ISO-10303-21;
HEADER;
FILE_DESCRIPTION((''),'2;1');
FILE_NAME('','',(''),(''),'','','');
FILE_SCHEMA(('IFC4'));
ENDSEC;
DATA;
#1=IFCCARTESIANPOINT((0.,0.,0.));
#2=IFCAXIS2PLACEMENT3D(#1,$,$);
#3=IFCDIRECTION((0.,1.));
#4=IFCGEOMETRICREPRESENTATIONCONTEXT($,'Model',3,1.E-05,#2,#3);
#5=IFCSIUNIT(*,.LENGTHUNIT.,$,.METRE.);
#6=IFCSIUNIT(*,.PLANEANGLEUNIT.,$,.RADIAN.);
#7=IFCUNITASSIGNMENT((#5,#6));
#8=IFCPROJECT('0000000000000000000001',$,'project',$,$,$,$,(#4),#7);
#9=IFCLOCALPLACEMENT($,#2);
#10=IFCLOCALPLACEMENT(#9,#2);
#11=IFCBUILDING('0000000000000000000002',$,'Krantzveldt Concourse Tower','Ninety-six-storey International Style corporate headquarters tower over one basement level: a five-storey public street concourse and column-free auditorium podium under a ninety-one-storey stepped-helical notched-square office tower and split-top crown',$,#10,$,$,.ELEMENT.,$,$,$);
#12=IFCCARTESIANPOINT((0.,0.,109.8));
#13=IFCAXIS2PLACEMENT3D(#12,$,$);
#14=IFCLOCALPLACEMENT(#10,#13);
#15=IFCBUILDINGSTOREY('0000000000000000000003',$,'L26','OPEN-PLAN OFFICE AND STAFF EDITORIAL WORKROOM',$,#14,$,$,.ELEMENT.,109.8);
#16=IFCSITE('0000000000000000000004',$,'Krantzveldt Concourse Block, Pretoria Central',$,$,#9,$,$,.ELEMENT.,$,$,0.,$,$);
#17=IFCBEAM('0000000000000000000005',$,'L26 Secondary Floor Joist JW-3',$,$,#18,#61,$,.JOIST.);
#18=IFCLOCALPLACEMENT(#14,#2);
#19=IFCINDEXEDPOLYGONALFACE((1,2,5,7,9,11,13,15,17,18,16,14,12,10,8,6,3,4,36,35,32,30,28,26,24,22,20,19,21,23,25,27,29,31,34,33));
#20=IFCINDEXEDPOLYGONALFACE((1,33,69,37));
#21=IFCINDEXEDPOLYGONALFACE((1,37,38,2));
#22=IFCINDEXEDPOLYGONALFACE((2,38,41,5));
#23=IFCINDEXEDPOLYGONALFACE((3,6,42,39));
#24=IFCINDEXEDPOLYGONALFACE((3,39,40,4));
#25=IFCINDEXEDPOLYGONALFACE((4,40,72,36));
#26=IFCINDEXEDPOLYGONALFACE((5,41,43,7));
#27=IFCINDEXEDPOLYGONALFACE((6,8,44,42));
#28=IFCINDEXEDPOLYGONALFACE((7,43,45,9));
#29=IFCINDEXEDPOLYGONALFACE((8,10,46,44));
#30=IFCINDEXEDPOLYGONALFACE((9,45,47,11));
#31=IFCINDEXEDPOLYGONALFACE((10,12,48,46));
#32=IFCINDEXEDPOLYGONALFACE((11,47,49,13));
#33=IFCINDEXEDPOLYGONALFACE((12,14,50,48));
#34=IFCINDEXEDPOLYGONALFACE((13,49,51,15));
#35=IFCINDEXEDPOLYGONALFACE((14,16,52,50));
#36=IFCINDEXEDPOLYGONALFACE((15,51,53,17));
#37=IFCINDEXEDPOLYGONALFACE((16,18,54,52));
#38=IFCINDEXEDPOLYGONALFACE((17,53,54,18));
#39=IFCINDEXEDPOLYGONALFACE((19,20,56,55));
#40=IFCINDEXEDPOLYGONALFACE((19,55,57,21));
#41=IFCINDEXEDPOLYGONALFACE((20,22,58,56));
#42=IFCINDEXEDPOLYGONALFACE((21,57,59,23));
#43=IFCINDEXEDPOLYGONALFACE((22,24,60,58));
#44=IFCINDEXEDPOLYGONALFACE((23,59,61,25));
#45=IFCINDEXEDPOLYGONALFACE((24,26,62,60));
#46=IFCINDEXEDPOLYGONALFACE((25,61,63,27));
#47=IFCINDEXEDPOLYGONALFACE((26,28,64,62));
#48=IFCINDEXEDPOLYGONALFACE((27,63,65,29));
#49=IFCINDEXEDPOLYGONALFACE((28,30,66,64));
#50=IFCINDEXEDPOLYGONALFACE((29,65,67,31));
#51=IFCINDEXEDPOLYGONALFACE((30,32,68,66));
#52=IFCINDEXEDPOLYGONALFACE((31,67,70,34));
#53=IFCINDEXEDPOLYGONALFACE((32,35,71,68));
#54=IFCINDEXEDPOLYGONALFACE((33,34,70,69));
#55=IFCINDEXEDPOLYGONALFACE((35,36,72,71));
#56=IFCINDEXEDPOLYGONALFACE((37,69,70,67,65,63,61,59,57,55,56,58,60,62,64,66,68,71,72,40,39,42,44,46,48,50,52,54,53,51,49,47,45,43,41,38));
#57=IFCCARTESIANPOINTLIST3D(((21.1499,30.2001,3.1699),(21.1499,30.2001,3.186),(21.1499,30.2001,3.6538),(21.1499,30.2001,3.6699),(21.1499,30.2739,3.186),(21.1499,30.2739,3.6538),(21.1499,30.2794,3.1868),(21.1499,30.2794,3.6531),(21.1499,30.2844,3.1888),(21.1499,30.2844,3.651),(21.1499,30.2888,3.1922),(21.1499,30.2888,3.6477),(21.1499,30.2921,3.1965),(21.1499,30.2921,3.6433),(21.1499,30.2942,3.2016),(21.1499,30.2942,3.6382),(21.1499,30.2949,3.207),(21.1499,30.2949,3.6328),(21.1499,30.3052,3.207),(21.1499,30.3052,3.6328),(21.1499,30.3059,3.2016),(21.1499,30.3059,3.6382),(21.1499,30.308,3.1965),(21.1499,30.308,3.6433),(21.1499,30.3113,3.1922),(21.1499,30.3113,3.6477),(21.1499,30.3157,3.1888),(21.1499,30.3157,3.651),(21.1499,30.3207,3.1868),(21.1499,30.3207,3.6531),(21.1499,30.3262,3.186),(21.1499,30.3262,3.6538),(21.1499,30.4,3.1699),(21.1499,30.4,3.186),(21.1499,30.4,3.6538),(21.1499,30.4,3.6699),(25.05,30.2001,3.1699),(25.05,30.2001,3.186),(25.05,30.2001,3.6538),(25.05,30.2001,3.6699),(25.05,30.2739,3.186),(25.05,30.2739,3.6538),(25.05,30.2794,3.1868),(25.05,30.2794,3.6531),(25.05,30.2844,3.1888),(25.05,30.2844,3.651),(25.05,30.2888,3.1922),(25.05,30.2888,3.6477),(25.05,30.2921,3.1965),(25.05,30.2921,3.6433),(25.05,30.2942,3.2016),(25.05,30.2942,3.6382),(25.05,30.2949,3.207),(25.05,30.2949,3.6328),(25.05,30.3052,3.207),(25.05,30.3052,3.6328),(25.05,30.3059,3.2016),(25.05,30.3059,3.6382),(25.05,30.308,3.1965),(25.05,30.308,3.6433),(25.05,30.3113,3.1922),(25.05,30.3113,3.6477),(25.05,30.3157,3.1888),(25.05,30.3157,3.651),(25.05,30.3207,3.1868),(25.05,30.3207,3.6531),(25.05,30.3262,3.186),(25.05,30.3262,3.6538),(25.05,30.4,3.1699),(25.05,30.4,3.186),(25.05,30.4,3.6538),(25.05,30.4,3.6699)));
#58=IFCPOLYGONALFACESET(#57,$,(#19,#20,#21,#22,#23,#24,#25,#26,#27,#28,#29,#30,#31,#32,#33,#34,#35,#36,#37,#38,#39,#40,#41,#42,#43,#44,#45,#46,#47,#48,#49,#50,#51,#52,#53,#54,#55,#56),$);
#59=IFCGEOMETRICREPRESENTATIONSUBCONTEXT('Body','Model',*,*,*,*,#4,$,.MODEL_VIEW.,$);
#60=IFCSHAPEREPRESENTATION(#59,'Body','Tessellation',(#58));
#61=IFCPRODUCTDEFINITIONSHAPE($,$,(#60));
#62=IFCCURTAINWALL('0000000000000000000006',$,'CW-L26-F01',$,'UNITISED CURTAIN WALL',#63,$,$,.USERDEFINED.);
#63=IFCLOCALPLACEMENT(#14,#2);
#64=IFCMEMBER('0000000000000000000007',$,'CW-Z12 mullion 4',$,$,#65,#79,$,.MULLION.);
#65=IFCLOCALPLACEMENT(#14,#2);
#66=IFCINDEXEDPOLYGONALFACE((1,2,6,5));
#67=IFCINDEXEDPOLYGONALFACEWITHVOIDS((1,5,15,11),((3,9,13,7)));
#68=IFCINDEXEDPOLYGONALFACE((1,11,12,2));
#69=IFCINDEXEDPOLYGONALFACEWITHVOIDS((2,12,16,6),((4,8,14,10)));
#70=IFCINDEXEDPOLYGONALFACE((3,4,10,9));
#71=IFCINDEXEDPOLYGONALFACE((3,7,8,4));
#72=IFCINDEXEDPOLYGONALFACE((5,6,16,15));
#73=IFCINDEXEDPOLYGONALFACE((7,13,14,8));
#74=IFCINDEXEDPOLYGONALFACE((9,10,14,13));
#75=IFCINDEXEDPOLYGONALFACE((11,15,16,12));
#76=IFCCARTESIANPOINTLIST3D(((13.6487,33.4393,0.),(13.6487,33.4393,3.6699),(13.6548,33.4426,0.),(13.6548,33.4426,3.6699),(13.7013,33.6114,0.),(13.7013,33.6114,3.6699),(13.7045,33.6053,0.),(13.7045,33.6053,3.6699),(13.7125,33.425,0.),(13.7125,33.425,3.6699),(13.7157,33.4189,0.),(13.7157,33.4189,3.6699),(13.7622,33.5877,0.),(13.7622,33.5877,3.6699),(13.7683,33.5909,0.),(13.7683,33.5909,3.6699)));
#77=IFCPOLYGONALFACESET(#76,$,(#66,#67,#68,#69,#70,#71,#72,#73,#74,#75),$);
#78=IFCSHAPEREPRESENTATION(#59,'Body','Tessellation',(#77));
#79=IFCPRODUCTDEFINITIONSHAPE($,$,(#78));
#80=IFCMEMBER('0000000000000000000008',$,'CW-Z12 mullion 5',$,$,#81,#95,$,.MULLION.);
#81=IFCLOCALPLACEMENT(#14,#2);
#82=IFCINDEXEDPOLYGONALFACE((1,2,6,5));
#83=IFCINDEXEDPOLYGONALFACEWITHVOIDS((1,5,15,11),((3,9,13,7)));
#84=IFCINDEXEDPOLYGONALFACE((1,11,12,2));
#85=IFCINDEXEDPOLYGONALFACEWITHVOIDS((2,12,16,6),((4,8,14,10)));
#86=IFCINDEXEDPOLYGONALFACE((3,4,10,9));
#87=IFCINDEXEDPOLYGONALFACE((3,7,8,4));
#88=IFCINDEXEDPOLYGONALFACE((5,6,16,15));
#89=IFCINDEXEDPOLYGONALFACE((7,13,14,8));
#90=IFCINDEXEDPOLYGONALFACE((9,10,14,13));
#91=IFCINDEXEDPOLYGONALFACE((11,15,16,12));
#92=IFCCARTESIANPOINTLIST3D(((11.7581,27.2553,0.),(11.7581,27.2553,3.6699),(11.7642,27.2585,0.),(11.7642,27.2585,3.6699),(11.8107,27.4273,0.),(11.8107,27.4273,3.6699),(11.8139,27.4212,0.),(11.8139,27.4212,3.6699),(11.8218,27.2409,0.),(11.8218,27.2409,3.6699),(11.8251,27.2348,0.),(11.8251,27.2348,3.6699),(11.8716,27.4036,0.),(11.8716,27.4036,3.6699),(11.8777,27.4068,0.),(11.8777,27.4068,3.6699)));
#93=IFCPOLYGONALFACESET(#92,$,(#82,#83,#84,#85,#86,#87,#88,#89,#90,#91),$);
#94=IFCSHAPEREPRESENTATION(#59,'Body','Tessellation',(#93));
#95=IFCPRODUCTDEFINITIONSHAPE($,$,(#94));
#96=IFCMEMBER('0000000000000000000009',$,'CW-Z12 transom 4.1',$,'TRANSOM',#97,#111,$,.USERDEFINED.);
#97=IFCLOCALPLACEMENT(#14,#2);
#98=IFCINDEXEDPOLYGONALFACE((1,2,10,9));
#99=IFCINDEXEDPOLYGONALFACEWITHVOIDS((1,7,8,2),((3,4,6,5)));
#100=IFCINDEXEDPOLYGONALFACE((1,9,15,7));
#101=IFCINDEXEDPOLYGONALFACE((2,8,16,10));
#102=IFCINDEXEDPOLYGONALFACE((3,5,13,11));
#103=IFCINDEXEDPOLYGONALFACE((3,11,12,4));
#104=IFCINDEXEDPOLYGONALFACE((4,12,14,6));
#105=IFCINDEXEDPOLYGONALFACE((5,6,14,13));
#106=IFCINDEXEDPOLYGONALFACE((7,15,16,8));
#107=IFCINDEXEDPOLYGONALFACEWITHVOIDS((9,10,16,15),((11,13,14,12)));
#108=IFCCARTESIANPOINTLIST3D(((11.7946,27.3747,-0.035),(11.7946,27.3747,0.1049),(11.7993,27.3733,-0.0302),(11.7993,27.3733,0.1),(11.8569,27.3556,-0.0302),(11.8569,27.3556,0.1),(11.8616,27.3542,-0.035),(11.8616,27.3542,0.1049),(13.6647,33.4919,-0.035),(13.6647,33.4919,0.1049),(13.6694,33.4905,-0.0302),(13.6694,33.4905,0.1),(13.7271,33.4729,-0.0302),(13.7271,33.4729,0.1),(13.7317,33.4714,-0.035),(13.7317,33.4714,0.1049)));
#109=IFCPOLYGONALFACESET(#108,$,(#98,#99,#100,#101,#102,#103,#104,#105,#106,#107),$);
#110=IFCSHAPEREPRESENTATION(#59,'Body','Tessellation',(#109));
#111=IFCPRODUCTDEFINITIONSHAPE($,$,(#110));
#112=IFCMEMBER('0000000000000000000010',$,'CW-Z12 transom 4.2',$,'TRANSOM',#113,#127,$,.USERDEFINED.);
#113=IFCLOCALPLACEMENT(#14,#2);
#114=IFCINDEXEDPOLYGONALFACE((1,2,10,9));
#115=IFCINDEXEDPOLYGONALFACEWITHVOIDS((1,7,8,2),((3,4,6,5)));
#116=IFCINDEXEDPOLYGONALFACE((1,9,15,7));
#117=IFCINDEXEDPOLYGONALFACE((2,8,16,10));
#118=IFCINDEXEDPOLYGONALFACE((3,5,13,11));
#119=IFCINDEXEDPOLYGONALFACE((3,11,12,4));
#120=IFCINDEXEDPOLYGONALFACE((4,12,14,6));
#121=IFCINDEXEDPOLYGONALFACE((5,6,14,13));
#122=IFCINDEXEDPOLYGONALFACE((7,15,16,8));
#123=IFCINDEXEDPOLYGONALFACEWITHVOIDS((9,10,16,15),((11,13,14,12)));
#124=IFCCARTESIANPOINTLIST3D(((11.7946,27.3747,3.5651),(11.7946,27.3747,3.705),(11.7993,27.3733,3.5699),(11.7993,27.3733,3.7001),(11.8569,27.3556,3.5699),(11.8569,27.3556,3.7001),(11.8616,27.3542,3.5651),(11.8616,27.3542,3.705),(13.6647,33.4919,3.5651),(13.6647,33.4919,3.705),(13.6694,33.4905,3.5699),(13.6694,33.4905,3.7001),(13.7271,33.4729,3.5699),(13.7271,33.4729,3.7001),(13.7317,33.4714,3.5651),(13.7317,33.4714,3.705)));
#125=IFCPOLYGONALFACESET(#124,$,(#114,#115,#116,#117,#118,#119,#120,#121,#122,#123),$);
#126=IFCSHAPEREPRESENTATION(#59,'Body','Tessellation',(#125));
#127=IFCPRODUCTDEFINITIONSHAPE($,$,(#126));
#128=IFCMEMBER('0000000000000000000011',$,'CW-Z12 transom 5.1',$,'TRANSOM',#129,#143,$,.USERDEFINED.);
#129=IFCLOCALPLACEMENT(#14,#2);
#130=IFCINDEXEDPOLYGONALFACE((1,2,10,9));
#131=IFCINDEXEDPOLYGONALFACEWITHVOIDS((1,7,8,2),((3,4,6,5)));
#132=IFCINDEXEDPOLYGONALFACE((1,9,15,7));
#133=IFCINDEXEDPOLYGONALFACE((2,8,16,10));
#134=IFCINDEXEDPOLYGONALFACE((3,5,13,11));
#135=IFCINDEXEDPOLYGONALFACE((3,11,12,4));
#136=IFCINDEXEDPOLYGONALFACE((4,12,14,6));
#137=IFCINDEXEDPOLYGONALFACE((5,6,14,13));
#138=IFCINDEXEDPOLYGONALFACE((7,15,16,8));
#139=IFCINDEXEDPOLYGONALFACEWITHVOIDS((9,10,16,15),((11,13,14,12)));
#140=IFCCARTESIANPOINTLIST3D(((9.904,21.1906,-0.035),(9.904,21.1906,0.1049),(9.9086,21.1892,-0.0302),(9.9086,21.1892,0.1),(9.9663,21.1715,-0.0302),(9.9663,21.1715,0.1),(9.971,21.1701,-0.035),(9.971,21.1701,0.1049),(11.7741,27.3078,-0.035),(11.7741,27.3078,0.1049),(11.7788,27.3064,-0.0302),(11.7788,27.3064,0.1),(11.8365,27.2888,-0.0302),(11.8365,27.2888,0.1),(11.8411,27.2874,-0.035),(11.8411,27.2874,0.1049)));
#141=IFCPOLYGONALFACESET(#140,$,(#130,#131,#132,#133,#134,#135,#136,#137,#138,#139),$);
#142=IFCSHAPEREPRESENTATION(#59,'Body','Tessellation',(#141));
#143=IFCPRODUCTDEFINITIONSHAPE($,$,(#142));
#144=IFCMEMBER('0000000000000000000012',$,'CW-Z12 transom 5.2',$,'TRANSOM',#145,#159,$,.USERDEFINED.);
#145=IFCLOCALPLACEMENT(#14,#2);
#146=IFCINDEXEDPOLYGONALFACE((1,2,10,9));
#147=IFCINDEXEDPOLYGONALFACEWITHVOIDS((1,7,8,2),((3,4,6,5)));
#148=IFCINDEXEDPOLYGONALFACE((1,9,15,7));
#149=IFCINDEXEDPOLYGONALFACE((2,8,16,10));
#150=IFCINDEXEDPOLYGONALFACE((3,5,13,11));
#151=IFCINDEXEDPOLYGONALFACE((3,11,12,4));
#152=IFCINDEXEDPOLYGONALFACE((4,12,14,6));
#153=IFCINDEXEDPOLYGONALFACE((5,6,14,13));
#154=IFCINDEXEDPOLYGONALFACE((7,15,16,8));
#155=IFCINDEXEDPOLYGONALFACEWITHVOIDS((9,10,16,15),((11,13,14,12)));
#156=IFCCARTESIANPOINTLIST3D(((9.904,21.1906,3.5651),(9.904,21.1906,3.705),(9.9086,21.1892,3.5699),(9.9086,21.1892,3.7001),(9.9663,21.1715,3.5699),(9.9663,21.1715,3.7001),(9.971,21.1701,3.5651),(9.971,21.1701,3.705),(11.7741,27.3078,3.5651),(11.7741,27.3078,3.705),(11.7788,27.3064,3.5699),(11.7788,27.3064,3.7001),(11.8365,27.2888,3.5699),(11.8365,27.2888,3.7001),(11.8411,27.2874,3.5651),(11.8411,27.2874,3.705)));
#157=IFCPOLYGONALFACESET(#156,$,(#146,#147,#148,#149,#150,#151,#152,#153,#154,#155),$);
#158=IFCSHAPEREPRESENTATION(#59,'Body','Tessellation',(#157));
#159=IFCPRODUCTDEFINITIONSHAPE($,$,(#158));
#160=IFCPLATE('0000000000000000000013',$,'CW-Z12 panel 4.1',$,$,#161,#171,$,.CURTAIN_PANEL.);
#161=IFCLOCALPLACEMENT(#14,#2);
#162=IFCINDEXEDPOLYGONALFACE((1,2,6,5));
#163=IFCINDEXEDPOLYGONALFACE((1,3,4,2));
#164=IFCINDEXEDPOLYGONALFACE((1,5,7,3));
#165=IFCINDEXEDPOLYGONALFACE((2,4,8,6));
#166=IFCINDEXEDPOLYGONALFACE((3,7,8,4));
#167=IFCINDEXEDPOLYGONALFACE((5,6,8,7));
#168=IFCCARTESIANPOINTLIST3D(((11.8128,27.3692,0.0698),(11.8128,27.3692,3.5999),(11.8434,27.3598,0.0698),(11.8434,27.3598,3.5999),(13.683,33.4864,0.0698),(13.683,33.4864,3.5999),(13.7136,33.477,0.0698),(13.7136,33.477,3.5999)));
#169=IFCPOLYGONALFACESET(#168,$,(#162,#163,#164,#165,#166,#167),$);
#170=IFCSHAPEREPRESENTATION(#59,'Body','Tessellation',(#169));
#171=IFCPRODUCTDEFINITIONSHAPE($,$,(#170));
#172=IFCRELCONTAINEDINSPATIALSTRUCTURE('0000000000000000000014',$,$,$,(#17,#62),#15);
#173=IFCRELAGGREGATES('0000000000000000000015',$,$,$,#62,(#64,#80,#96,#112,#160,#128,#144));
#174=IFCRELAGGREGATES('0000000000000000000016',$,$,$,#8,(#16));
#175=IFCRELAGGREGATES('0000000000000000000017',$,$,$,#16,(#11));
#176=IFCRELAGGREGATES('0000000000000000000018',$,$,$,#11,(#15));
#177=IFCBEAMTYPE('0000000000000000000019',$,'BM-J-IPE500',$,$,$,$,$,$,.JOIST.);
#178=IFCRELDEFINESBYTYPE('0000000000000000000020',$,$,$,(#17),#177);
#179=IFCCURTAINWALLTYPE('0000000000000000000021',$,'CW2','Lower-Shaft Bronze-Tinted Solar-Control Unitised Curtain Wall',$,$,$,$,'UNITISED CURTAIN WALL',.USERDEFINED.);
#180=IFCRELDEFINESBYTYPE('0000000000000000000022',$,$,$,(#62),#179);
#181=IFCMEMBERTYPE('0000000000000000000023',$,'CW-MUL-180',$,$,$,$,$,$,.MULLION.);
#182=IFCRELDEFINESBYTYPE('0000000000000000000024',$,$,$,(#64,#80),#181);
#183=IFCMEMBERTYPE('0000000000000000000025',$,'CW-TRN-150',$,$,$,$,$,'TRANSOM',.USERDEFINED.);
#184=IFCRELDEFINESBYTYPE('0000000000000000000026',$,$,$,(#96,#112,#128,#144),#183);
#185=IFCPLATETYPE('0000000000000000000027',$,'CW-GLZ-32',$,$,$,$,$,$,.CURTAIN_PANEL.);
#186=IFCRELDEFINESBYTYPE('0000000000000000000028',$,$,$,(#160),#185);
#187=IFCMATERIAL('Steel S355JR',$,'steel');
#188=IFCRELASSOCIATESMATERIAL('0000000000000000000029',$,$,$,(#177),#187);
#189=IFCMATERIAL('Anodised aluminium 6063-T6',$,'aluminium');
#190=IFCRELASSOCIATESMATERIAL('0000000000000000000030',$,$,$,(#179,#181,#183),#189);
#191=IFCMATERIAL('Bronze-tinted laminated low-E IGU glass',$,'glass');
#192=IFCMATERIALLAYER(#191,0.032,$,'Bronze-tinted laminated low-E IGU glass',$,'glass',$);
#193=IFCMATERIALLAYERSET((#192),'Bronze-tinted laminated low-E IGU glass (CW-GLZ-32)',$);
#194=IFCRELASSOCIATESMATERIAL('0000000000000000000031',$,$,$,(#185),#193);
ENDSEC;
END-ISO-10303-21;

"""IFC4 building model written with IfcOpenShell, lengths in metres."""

from ifc_helpers import new_model, si_unit, direction, frame, origin, origin_2d, place, context, subcontext, project, spatial, rectangle, hollow_rectangle, i_section, extrude, source, transform, mapped, material, layer, layer_set, material_profile, profile_set, type_object, type_shapes, element, aggregate, save


model = new_model("IFC4")

# Units and contexts
model_context = context("Model", 3, precision=1e-05, world=origin(), true_north=direction((0.0, 1.0)))
body_context = subcontext(model_context, "Body", "Model", "MODEL_VIEW")
ifc_project = project(units=[si_unit("LENGTHUNIT", "METRE"), si_unit("PLANEANGLEUNIT", "RADIAN")], contexts=[model_context])

# Site, building, storey
site_placement = place(None, origin())
site = spatial("IfcSite", under=ifc_project, at=site_placement, Name="Krantzveldt Concourse Block, Pretoria Central", CompositionType="ELEMENT", RefElevation=0.0)
building_placement = place(site_placement, origin())
building = spatial("IfcBuilding", under=site, at=building_placement, Name="Krantzveldt Concourse Tower", Description="Ninety-six-storey International Style corporate headquarters tower over one basement level: a five-storey public street concourse and column-free auditorium podium under a ninety-one-storey stepped-helical notched-square office tower and split-top crown", CompositionType="ELEMENT")
storey_placement = place(building_placement, frame((0.0, 0.0, 109.8)))
storey = spatial("IfcBuildingStorey", under=building, at=storey_placement, Name="L26", Description="OPEN-PLAN OFFICE AND STAFF EDITORIAL WORKROOM", CompositionType="ELEMENT", Elevation=109.8)

# Beam
ifc_material_1 = material(Name="Steel S355JR", Category="steel")
ifc_material_profile_1 = material_profile(ifc_material_1, i_section(OverallWidth=0.2, OverallDepth=0.5, WebThickness=0.0103, FlangeThickness=0.0161, FilletRadius=0.021, at=origin_2d()), Name="Steel S355JR", Category="steel")
ifc_profile_set_1 = profile_set([ifc_material_profile_1], Name="Steel S355JR - IPE 500")
beam_type_1 = type_object("IfcBeamType", Name="BM-J-IPE500", PredefinedType="JOIST", material=ifc_profile_set_1)
shared_shape_1 = source(origin(), body_context, "Body", "SweptSolid", [
    extrude(i_section(OverallWidth=0.2, OverallDepth=0.5, WebThickness=0.0103, FlangeThickness=0.0161, FilletRadius=0.021, at=origin_2d()), origin(), (0.0, 0.0, 1.0), 3.9001),
])
type_shapes(beam_type_1, [shared_shape_1])
for number, where, z_axis, x_axis, name in (
    (1, (21.1499, 30.3, 3.4199), (1.0, 0.0, 0.0), (0.0, 1.0, 0.0), "L26 Secondary Floor Joist JW-3"),
):
    element("IfcBeam", number, at=place(storey_placement, frame(where, z_axis=z_axis, x_axis=x_axis)), inside=storey, type_object=beam_type_1, Name=name, PredefinedType="JOIST", context=body_context, shape_type="MappedRepresentation", body=[
        mapped(shared_shape_1, transform((0.0, 0.0, 0.0), x_axis=(1.0, 0.0, 0.0), y_axis=(0.0, 1.0, 0.0), z_axis=(0.0, 0.0, 1.0), scale=1.0)),
    ])

# Curtain wall, members, plate
ifc_material_2 = material(Name="Anodised aluminium 6063-T6", Category="aluminium")
curtain_wall_type = type_object("IfcCurtainWallType", Name="CW2", Description="Lower-Shaft Bronze-Tinted Solar-Control Unitised Curtain Wall", ElementType="UNITISED CURTAIN WALL", PredefinedType="USERDEFINED", material=ifc_material_2)
curtain_wall_placement = place(storey_placement, origin())
curtain_wall = element("IfcCurtainWall", 2, at=curtain_wall_placement, inside=storey, type_object=curtain_wall_type, Name="CW-L26-F01", ObjectType="UNITISED CURTAIN WALL", PredefinedType="USERDEFINED")
ifc_material_profile_2 = material_profile(ifc_material_2, hollow_rectangle(XDim=0.0701, YDim=0.1799, WallThickness=0.0049, at=origin_2d()), Name="Anodised aluminium 6063-T6", Category="aluminium")
ifc_profile_set_2 = profile_set([ifc_material_profile_2], Name="Anodised aluminium 6063-T6 - ALU-MULL 180x70x5")
member_type_1 = type_object("IfcMemberType", Name="CW-MUL-180", PredefinedType="MULLION", material=ifc_profile_set_2)
shared_shape_2 = source(origin(), body_context, "Body", "SweptSolid", [
    extrude(hollow_rectangle(XDim=0.0701, YDim=0.1799, WallThickness=0.0049, at=origin_2d()), origin(), (0.0, 0.0, 1.0), 3.6699),
])
type_shapes(member_type_1, [shared_shape_2])
member_1_placement = place(storey_placement, frame((13.7085, 33.5151, 0.0), z_axis=(0.0, 0.0, 1.0), x_axis=(0.956305, -0.292372, 0.0)))
member_1 = element("IfcMember", 3, at=member_1_placement, type_object=member_type_1, Name="CW-Z12 mullion 4", PredefinedType="MULLION", context=body_context, shape_type="MappedRepresentation", body=[
    mapped(shared_shape_2, transform((0.0, 0.0, 0.0), x_axis=(1.0, 0.0, 0.0), y_axis=(0.0, 1.0, 0.0), z_axis=(0.0, 0.0, 1.0), scale=1.0)),
])
member_2_placement = place(storey_placement, frame((11.8179, 27.3311, 0.0), z_axis=(0.0, 0.0, 1.0), x_axis=(0.956305, -0.292372, 0.0)))
member_2 = element("IfcMember", 4, at=member_2_placement, type_object=member_type_1, Name="CW-Z12 mullion 5", PredefinedType="MULLION", context=body_context, shape_type="MappedRepresentation", body=[
    mapped(shared_shape_2, transform((0.0, 0.0, 0.0), x_axis=(1.0, 0.0, 0.0), y_axis=(0.0, 1.0, 0.0), z_axis=(0.0, 0.0, 1.0), scale=1.0)),
])
ifc_material_profile_3 = material_profile(ifc_material_2, hollow_rectangle(XDim=0.0701, YDim=0.1399, WallThickness=0.0049, at=origin_2d()), Name="Anodised aluminium 6063-T6", Category="aluminium")
ifc_profile_set_3 = profile_set([ifc_material_profile_3], Name="Anodised aluminium 6063-T6 - ALU-TRAN 140x70x5")
member_type_2 = type_object("IfcMemberType", Name="CW-TRN-150", ElementType="TRANSOM", PredefinedType="USERDEFINED", material=ifc_profile_set_3)
shared_shape_3 = source(origin(), body_context, "Body", "SweptSolid", [
    extrude(hollow_rectangle(XDim=0.0701, YDim=0.1399, WallThickness=0.0049, at=origin_2d()), origin(), (0.0, 0.0, 1.0), 6.3967),
])
type_shapes(member_type_2, [shared_shape_3])
member_3_placement = place(storey_placement, frame((13.6982, 33.4817, 0.0349), z_axis=(-0.292358, -0.956309, 0.0), x_axis=(0.956309, -0.292358, 0.0)))
member_3 = element("IfcMember", 5, at=member_3_placement, type_object=member_type_2, Name="CW-Z12 transom 4.1", ObjectType="TRANSOM", PredefinedType="USERDEFINED", context=body_context, shape_type="MappedRepresentation", body=[
    mapped(shared_shape_3, transform((0.0, 0.0, 0.0), x_axis=(1.0, 0.0, 0.0), y_axis=(0.0, 1.0, 0.0), z_axis=(0.0, 0.0, 1.0), scale=1.0)),
])
member_4_placement = place(storey_placement, frame((13.6982, 33.4817, 3.635), z_axis=(-0.292358, -0.956309, 0.0), x_axis=(0.956309, -0.292358, 0.0)))
member_4 = element("IfcMember", 6, at=member_4_placement, type_object=member_type_2, Name="CW-Z12 transom 4.2", ObjectType="TRANSOM", PredefinedType="USERDEFINED", context=body_context, shape_type="MappedRepresentation", body=[
    mapped(shared_shape_3, transform((0.0, 0.0, 0.0), x_axis=(1.0, 0.0, 0.0), y_axis=(0.0, 1.0, 0.0), z_axis=(0.0, 0.0, 1.0), scale=1.0)),
])
member_5_placement = place(storey_placement, frame((11.8076, 27.2976, 0.0349), z_axis=(-0.292358, -0.956309, 0.0), x_axis=(0.956309, -0.292358, 0.0)))
member_5 = element("IfcMember", 7, at=member_5_placement, type_object=member_type_2, Name="CW-Z12 transom 5.1", ObjectType="TRANSOM", PredefinedType="USERDEFINED", context=body_context, shape_type="MappedRepresentation", body=[
    mapped(shared_shape_3, transform((0.0, 0.0, 0.0), x_axis=(1.0, 0.0, 0.0), y_axis=(0.0, 1.0, 0.0), z_axis=(0.0, 0.0, 1.0), scale=1.0)),
])
member_6_placement = place(storey_placement, frame((11.8076, 27.2976, 3.635), z_axis=(-0.292358, -0.956309, 0.0), x_axis=(0.956309, -0.292358, 0.0)))
member_6 = element("IfcMember", 8, at=member_6_placement, type_object=member_type_2, Name="CW-Z12 transom 5.2", ObjectType="TRANSOM", PredefinedType="USERDEFINED", context=body_context, shape_type="MappedRepresentation", body=[
    mapped(shared_shape_3, transform((0.0, 0.0, 0.0), x_axis=(1.0, 0.0, 0.0), y_axis=(0.0, 1.0, 0.0), z_axis=(0.0, 0.0, 1.0), scale=1.0)),
])
ifc_material_3 = material(Name="Bronze-tinted laminated low-E IGU glass", Category="glass")
ifc_layer_1 = layer(ifc_material_3, 0.032, Name="Bronze-tinted laminated low-E IGU glass", Category="glass")
ifc_layer_set_1 = layer_set([ifc_layer_1], Name="Bronze-tinted laminated low-E IGU glass (CW-GLZ-32)")
plate_type = type_object("IfcPlateType", Name="CW-GLZ-32", PredefinedType="CURTAIN_PANEL", material=ifc_layer_set_1)
shared_shape_4 = source(origin(), body_context, "Body", "SweptSolid", [
    extrude(rectangle(XDim=6.3967, YDim=0.032, at=origin_2d()), origin(), (0.0, 0.0, 1.0), 3.53),
])
type_shapes(plate_type, [shared_shape_4])
plate_1_placement = place(storey_placement, frame((12.7632, 30.4231, 0.0698), z_axis=(0.0, 0.0, 1.0), x_axis=(-0.292372, -0.956305, 0.0)))
plate_1 = element("IfcPlate", 9, at=plate_1_placement, type_object=plate_type, Name="CW-Z12 panel 4.1", PredefinedType="CURTAIN_PANEL", context=body_context, shape_type="MappedRepresentation", body=[
    mapped(shared_shape_4, transform((0.0, 0.0, 0.0), x_axis=(1.0, 0.0, 0.0), y_axis=(0.0, 1.0, 0.0), z_axis=(0.0, 0.0, 1.0), scale=1.0)),
])
aggregate(curtain_wall, [member_1, member_2, member_3, member_4, plate_1, member_5, member_6])

save(model, "model.ifc")
